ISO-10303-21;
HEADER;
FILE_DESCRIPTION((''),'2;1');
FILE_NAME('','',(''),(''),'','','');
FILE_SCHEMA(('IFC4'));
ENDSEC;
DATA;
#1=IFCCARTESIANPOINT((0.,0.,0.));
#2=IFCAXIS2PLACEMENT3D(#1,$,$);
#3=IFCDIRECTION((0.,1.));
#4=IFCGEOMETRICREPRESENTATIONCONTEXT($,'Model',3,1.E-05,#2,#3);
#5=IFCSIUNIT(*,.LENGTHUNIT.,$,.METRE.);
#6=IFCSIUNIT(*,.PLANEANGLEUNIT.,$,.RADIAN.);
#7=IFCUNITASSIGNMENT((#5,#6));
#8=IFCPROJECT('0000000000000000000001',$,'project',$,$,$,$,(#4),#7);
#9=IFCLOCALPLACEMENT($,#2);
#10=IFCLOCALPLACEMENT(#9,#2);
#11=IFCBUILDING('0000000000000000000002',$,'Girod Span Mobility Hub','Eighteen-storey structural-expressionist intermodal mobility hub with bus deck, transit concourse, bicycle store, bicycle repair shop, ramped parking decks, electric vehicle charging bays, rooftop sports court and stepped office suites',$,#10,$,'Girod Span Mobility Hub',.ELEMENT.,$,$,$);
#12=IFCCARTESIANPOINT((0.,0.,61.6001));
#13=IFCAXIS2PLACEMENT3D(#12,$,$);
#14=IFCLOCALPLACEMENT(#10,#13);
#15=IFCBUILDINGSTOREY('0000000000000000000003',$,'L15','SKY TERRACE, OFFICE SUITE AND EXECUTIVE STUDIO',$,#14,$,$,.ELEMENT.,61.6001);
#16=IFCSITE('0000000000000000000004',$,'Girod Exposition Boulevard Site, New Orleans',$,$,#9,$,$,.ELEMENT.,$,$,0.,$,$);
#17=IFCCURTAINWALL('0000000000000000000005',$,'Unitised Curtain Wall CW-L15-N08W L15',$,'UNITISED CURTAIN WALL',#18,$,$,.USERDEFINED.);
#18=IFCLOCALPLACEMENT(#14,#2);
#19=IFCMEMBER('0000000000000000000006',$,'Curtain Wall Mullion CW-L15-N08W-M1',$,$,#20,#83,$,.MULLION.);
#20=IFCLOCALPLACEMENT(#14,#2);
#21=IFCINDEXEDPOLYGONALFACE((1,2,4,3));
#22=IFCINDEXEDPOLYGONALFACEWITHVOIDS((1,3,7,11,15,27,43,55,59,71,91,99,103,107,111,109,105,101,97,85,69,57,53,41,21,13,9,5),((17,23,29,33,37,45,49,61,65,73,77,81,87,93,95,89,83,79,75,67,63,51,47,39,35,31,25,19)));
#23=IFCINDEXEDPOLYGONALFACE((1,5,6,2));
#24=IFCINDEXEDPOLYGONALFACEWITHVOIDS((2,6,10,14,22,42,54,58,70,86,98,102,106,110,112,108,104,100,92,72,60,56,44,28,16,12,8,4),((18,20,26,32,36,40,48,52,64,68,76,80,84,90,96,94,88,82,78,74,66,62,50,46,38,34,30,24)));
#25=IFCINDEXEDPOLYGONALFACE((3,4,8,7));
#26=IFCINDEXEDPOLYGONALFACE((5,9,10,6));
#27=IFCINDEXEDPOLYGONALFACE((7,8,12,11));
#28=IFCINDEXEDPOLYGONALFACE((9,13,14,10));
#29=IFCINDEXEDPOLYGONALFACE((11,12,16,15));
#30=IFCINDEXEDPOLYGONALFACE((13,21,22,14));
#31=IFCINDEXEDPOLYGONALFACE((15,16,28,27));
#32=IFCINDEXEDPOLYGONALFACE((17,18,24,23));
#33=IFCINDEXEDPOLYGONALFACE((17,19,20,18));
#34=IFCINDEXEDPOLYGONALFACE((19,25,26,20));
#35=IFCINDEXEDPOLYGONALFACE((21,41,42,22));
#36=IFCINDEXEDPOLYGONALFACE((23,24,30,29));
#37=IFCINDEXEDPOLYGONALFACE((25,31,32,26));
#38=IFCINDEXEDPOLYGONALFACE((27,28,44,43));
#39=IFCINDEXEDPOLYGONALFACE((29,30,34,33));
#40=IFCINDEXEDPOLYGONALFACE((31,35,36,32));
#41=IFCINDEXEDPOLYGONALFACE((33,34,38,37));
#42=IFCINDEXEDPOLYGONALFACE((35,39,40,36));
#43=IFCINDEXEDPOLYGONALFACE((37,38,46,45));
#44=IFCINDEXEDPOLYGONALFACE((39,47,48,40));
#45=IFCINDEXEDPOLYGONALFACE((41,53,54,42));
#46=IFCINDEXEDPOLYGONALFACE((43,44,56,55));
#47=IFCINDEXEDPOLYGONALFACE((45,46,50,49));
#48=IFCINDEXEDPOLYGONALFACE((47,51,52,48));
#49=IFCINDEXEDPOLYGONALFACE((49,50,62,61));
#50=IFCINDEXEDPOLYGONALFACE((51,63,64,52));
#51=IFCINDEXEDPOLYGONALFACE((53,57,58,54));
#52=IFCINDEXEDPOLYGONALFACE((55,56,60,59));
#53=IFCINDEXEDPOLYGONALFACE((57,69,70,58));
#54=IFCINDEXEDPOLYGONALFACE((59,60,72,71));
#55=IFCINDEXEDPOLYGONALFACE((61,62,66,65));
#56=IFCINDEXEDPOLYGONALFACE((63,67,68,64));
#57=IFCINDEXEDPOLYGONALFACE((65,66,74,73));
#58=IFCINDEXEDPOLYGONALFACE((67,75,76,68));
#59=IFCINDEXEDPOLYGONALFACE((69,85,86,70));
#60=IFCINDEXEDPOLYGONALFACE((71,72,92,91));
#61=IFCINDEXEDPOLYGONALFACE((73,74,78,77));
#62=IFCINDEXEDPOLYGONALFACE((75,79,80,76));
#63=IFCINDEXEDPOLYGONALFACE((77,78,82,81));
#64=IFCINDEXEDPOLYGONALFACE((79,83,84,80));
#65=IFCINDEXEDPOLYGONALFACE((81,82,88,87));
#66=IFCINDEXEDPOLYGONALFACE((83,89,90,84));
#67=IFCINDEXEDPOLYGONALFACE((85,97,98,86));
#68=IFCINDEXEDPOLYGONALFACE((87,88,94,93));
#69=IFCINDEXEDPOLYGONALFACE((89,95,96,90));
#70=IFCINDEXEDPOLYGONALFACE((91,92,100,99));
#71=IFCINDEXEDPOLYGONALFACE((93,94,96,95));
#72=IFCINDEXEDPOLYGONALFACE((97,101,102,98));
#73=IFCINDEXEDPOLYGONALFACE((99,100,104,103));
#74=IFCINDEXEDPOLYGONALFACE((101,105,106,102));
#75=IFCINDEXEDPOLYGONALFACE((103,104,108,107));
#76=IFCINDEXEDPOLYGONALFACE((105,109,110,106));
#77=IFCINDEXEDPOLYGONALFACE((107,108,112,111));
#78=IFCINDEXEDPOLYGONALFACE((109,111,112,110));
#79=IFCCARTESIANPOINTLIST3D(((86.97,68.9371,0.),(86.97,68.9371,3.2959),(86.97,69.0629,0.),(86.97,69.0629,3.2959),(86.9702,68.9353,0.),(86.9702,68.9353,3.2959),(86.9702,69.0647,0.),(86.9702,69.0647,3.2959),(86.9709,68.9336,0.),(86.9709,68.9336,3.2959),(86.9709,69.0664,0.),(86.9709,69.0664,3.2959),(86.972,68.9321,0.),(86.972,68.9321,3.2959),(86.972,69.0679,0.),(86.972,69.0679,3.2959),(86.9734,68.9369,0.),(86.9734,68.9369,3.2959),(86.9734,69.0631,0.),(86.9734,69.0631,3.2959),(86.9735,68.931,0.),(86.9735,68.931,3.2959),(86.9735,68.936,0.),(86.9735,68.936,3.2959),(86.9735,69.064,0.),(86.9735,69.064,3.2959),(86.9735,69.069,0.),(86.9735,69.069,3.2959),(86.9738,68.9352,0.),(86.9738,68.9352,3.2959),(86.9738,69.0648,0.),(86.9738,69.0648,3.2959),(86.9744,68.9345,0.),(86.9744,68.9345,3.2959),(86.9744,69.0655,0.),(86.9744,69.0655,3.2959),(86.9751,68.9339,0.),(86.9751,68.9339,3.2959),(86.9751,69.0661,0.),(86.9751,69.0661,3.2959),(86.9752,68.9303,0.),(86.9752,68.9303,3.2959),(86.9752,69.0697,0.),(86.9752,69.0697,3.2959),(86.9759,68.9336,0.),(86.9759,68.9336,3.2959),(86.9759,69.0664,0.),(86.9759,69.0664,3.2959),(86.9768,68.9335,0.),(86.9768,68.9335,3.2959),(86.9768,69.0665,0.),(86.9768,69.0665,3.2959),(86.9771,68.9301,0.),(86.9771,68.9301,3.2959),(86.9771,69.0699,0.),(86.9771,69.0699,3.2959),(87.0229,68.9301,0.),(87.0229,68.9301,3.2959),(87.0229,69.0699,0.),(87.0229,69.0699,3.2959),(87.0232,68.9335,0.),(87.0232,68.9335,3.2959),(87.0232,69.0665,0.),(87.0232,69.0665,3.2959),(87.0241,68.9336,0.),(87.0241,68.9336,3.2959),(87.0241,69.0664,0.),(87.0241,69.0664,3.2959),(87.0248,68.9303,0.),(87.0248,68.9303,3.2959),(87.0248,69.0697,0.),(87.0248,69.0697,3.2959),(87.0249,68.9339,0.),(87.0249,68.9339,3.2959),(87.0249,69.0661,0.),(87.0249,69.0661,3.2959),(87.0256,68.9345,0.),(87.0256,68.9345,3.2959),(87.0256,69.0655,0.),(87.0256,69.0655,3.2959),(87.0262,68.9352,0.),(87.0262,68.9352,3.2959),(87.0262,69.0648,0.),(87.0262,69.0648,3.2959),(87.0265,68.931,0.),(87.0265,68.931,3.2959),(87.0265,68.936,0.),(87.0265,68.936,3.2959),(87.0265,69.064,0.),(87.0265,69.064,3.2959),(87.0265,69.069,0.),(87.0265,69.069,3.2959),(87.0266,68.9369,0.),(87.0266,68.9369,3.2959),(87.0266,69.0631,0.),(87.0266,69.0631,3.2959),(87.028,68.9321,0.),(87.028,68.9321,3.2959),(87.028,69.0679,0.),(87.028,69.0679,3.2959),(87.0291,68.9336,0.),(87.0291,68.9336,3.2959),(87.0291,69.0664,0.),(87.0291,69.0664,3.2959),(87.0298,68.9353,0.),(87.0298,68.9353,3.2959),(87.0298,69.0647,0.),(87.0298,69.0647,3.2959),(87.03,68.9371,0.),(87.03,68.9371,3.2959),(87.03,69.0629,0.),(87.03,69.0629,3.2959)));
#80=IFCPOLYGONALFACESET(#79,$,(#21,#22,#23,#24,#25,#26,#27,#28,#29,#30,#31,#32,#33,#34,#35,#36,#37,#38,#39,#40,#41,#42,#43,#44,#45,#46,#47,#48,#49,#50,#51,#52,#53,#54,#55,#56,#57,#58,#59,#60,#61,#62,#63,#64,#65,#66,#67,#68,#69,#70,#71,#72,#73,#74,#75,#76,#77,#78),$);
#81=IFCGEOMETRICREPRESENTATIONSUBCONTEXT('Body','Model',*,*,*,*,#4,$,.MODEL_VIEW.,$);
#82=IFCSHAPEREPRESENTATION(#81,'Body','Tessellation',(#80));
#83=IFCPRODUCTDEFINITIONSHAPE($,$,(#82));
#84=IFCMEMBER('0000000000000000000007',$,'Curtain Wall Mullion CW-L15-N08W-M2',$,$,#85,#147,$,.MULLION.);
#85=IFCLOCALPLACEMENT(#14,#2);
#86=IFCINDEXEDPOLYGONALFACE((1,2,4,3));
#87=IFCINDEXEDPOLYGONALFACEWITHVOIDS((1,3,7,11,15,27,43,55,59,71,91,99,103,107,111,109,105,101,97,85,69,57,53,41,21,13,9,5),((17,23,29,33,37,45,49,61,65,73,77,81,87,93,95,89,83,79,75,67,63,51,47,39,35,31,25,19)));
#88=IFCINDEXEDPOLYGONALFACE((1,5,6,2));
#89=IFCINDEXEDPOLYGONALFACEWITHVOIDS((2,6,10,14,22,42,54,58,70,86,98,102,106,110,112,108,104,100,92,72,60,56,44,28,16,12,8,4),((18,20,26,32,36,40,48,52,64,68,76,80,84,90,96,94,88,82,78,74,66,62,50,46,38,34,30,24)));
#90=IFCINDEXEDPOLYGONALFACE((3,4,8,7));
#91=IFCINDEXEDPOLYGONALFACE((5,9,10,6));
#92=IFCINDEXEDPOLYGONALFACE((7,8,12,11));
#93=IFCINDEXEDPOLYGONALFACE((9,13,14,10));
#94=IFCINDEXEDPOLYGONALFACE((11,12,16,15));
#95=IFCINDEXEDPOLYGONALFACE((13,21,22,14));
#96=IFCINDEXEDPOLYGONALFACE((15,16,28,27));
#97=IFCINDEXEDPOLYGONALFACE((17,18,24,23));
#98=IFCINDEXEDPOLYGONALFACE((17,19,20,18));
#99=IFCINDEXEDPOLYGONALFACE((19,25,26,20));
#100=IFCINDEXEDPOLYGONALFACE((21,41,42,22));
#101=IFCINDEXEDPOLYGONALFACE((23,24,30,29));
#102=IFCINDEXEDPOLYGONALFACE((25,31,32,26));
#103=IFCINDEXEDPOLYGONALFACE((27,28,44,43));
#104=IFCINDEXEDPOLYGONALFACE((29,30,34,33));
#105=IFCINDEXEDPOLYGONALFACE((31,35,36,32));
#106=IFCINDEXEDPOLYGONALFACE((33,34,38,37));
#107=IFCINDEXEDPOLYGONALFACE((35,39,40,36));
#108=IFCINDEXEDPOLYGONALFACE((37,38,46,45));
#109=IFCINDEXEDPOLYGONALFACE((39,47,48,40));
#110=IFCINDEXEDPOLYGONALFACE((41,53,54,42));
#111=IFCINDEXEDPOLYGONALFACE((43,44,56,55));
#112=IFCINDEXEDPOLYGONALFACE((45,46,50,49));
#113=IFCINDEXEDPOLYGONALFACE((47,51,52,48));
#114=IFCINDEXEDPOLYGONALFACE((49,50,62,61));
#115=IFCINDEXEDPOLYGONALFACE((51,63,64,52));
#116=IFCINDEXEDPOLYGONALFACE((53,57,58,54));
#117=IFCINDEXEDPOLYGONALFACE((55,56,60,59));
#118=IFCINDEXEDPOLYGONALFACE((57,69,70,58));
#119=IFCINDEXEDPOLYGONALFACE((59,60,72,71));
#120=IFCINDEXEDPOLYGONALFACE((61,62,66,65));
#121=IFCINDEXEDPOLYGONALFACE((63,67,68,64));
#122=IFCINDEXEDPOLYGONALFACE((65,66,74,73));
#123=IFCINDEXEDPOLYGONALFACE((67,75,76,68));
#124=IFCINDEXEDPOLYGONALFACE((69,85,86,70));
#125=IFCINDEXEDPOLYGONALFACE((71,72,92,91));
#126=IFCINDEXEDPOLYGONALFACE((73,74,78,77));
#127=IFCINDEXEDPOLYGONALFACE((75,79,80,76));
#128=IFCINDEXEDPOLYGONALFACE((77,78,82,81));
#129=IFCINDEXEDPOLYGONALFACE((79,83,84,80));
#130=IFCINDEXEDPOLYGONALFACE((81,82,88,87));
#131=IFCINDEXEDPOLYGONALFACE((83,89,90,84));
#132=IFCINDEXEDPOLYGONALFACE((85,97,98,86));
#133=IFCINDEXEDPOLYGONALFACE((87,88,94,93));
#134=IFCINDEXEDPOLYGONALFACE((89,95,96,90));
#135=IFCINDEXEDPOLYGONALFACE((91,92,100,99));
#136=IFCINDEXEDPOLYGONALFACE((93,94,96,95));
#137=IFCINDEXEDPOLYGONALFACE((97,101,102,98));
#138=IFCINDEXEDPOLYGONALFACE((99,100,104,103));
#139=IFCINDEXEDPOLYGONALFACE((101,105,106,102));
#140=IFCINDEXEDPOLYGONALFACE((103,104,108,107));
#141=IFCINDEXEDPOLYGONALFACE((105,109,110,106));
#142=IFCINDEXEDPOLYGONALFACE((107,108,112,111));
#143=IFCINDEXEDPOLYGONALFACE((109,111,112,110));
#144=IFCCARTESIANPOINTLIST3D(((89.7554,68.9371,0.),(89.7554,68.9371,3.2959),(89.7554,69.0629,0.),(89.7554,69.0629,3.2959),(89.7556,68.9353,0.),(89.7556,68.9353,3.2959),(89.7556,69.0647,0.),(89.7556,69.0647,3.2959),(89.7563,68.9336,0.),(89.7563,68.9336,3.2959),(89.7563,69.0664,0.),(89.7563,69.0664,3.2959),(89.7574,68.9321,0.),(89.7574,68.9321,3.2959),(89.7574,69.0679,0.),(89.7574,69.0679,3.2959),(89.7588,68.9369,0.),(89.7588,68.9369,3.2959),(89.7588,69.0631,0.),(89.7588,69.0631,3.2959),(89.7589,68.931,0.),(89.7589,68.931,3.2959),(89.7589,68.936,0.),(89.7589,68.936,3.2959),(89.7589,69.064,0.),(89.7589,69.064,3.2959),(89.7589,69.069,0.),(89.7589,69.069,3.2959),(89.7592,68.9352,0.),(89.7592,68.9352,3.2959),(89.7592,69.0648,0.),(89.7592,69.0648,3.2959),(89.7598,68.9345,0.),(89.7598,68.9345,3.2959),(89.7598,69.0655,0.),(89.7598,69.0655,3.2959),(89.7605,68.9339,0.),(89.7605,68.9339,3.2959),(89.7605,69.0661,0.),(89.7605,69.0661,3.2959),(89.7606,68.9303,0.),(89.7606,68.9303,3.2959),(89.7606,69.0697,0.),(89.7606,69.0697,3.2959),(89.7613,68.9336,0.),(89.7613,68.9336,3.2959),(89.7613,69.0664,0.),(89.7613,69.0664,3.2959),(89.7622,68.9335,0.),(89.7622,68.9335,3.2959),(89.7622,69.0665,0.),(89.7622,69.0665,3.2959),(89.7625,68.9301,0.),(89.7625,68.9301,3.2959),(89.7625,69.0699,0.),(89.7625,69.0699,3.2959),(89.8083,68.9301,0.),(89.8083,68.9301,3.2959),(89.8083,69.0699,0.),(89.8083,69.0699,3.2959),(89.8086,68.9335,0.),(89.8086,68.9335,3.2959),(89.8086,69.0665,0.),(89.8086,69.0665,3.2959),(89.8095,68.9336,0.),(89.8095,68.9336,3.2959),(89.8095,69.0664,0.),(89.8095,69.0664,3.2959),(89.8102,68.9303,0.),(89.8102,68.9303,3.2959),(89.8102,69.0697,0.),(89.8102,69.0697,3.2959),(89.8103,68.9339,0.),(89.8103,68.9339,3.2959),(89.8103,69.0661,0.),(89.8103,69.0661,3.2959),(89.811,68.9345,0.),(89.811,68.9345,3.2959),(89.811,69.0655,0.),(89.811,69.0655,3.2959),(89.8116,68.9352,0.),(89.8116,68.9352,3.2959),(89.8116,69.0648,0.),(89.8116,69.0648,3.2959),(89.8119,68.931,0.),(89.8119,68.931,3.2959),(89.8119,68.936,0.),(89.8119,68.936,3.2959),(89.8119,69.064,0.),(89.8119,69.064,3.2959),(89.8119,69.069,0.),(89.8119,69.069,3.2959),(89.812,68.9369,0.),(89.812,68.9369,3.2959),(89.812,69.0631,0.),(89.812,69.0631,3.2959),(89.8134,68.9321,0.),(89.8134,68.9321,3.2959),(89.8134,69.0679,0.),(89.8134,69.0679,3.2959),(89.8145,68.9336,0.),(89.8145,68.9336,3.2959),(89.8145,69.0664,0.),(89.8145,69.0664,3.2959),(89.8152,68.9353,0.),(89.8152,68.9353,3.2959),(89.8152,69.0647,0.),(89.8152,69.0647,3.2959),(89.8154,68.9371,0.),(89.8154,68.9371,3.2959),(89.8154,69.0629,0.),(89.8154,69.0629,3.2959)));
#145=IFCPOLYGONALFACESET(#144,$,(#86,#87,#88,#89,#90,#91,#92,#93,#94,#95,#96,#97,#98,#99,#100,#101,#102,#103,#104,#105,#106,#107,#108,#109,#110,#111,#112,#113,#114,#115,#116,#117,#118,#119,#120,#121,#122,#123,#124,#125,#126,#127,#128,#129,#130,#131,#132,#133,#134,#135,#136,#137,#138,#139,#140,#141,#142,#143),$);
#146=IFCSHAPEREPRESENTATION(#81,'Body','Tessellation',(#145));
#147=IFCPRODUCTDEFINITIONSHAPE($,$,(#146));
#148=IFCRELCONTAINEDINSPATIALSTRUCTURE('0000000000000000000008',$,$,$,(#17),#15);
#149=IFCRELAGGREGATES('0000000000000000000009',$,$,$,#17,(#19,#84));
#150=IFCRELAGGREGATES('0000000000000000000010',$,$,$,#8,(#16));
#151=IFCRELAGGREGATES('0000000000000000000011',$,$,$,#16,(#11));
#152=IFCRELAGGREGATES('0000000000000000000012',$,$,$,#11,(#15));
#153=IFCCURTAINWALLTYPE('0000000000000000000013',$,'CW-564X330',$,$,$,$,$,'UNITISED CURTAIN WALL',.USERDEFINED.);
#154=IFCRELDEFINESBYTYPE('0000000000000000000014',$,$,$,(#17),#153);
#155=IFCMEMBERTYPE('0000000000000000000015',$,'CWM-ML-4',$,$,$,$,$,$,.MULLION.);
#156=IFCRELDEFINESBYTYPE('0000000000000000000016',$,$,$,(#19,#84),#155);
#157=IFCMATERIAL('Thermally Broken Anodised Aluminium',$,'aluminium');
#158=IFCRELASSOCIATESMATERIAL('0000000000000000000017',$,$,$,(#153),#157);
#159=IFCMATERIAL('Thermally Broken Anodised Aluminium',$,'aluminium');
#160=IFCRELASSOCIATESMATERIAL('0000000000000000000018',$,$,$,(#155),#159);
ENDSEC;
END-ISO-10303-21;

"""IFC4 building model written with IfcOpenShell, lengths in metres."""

from ifc_helpers import new_model, si_unit, direction, frame, origin, origin_2d, place, context, subcontext, project, spatial, hollow_rectangle, extrude, material, material_profile, profile_set, type_object, element, aggregate, save


model = new_model("IFC4")

# Units and contexts
model_context = context("Model", 3, precision=1e-05, world=origin(), true_north=direction((0.0, 1.0)))
body_context = subcontext(model_context, "Body", "Model", "MODEL_VIEW")
ifc_project = project(units=[si_unit("LENGTHUNIT", "METRE"), si_unit("PLANEANGLEUNIT", "RADIAN")], contexts=[model_context])

# Site, building, storey
site_placement = place(None, origin())
site = spatial("IfcSite", under=ifc_project, at=site_placement, Name="Girod Exposition Boulevard Site, New Orleans", CompositionType="ELEMENT", RefElevation=0.0)
building_placement = place(site_placement, origin())
building = spatial("IfcBuilding", under=site, at=building_placement, Name="Girod Span Mobility Hub", Description="Eighteen-storey structural-expressionist intermodal mobility hub with bus deck, transit concourse, bicycle store, bicycle repair shop, ramped parking decks, electric vehicle charging bays, rooftop sports court and stepped office suites", LongName="Girod Span Mobility Hub", CompositionType="ELEMENT")
storey_placement = place(building_placement, frame((0.0, 0.0, 61.6001)))
storey = spatial("IfcBuildingStorey", under=building, at=storey_placement, Name="L15", Description="SKY TERRACE, OFFICE SUITE AND EXECUTIVE STUDIO", CompositionType="ELEMENT", Elevation=61.6001)

# Curtain wall, members
ifc_material_1 = material(Name="Thermally Broken Anodised Aluminium", Category="aluminium")
curtain_wall_type = type_object("IfcCurtainWallType", Name="CW-564X330", ElementType="UNITISED CURTAIN WALL", PredefinedType="USERDEFINED", material=ifc_material_1)
ifc_material_2 = material(Name="Thermally Broken Anodised Aluminium", Category="aluminium")
ifc_material_profile_1 = material_profile(ifc_material_2, hollow_rectangle(XDim=0.1399, YDim=0.0601, WallThickness=0.0034, InnerFilletRadius=0.0034, OuterFilletRadius=0.0071, at=origin_2d()), Name="CW-ML-60X140")
ifc_profile_set_1 = profile_set([ifc_material_profile_1], Name="Thermally Broken Anodised Aluminium")
member_type_1 = type_object("IfcMemberType", Name="CWM-ML-4", PredefinedType="MULLION", material=ifc_profile_set_1)
curtain_wall_1_placement = place(storey_placement, origin())
curtain_wall_1 = element("IfcCurtainWall", 1, at=curtain_wall_1_placement, inside=storey, type_object=curtain_wall_type, Name="Unitised Curtain Wall CW-L15-N08W L15", ObjectType="UNITISED CURTAIN WALL", PredefinedType="USERDEFINED")
member_1_placement = place(storey_placement, frame((87.0, 69.0, 0.0), z_axis=(0.0, 0.0, 1.0), x_axis=(0.0, 1.0, 0.0)))
member_1 = element("IfcMember", 2, at=member_1_placement, type_object=member_type_1, Name="Curtain Wall Mullion CW-L15-N08W-M1", PredefinedType="MULLION", context=body_context, shape_type="SweptSolid", body=[
    extrude(hollow_rectangle(XDim=0.1399, YDim=0.0601, WallThickness=0.0034, InnerFilletRadius=0.0034, OuterFilletRadius=0.0071, at=origin_2d()), origin(), (0.0, 0.0, 1.0), 3.2959),
])
member_2_placement = place(storey_placement, frame((89.7854, 69.0, 0.0), z_axis=(0.0, 0.0, 1.0), x_axis=(0.0, 1.0, 0.0)))
member_2 = element("IfcMember", 3, at=member_2_placement, type_object=member_type_1, Name="Curtain Wall Mullion CW-L15-N08W-M2", PredefinedType="MULLION", context=body_context, shape_type="SweptSolid", body=[
    extrude(hollow_rectangle(XDim=0.1399, YDim=0.0601, WallThickness=0.0034, InnerFilletRadius=0.0034, OuterFilletRadius=0.0071, at=origin_2d()), origin(), (0.0, 0.0, 1.0), 3.2959),
])

aggregate(curtain_wall_1, [member_1, member_2])

save(model, "model.ifc")
